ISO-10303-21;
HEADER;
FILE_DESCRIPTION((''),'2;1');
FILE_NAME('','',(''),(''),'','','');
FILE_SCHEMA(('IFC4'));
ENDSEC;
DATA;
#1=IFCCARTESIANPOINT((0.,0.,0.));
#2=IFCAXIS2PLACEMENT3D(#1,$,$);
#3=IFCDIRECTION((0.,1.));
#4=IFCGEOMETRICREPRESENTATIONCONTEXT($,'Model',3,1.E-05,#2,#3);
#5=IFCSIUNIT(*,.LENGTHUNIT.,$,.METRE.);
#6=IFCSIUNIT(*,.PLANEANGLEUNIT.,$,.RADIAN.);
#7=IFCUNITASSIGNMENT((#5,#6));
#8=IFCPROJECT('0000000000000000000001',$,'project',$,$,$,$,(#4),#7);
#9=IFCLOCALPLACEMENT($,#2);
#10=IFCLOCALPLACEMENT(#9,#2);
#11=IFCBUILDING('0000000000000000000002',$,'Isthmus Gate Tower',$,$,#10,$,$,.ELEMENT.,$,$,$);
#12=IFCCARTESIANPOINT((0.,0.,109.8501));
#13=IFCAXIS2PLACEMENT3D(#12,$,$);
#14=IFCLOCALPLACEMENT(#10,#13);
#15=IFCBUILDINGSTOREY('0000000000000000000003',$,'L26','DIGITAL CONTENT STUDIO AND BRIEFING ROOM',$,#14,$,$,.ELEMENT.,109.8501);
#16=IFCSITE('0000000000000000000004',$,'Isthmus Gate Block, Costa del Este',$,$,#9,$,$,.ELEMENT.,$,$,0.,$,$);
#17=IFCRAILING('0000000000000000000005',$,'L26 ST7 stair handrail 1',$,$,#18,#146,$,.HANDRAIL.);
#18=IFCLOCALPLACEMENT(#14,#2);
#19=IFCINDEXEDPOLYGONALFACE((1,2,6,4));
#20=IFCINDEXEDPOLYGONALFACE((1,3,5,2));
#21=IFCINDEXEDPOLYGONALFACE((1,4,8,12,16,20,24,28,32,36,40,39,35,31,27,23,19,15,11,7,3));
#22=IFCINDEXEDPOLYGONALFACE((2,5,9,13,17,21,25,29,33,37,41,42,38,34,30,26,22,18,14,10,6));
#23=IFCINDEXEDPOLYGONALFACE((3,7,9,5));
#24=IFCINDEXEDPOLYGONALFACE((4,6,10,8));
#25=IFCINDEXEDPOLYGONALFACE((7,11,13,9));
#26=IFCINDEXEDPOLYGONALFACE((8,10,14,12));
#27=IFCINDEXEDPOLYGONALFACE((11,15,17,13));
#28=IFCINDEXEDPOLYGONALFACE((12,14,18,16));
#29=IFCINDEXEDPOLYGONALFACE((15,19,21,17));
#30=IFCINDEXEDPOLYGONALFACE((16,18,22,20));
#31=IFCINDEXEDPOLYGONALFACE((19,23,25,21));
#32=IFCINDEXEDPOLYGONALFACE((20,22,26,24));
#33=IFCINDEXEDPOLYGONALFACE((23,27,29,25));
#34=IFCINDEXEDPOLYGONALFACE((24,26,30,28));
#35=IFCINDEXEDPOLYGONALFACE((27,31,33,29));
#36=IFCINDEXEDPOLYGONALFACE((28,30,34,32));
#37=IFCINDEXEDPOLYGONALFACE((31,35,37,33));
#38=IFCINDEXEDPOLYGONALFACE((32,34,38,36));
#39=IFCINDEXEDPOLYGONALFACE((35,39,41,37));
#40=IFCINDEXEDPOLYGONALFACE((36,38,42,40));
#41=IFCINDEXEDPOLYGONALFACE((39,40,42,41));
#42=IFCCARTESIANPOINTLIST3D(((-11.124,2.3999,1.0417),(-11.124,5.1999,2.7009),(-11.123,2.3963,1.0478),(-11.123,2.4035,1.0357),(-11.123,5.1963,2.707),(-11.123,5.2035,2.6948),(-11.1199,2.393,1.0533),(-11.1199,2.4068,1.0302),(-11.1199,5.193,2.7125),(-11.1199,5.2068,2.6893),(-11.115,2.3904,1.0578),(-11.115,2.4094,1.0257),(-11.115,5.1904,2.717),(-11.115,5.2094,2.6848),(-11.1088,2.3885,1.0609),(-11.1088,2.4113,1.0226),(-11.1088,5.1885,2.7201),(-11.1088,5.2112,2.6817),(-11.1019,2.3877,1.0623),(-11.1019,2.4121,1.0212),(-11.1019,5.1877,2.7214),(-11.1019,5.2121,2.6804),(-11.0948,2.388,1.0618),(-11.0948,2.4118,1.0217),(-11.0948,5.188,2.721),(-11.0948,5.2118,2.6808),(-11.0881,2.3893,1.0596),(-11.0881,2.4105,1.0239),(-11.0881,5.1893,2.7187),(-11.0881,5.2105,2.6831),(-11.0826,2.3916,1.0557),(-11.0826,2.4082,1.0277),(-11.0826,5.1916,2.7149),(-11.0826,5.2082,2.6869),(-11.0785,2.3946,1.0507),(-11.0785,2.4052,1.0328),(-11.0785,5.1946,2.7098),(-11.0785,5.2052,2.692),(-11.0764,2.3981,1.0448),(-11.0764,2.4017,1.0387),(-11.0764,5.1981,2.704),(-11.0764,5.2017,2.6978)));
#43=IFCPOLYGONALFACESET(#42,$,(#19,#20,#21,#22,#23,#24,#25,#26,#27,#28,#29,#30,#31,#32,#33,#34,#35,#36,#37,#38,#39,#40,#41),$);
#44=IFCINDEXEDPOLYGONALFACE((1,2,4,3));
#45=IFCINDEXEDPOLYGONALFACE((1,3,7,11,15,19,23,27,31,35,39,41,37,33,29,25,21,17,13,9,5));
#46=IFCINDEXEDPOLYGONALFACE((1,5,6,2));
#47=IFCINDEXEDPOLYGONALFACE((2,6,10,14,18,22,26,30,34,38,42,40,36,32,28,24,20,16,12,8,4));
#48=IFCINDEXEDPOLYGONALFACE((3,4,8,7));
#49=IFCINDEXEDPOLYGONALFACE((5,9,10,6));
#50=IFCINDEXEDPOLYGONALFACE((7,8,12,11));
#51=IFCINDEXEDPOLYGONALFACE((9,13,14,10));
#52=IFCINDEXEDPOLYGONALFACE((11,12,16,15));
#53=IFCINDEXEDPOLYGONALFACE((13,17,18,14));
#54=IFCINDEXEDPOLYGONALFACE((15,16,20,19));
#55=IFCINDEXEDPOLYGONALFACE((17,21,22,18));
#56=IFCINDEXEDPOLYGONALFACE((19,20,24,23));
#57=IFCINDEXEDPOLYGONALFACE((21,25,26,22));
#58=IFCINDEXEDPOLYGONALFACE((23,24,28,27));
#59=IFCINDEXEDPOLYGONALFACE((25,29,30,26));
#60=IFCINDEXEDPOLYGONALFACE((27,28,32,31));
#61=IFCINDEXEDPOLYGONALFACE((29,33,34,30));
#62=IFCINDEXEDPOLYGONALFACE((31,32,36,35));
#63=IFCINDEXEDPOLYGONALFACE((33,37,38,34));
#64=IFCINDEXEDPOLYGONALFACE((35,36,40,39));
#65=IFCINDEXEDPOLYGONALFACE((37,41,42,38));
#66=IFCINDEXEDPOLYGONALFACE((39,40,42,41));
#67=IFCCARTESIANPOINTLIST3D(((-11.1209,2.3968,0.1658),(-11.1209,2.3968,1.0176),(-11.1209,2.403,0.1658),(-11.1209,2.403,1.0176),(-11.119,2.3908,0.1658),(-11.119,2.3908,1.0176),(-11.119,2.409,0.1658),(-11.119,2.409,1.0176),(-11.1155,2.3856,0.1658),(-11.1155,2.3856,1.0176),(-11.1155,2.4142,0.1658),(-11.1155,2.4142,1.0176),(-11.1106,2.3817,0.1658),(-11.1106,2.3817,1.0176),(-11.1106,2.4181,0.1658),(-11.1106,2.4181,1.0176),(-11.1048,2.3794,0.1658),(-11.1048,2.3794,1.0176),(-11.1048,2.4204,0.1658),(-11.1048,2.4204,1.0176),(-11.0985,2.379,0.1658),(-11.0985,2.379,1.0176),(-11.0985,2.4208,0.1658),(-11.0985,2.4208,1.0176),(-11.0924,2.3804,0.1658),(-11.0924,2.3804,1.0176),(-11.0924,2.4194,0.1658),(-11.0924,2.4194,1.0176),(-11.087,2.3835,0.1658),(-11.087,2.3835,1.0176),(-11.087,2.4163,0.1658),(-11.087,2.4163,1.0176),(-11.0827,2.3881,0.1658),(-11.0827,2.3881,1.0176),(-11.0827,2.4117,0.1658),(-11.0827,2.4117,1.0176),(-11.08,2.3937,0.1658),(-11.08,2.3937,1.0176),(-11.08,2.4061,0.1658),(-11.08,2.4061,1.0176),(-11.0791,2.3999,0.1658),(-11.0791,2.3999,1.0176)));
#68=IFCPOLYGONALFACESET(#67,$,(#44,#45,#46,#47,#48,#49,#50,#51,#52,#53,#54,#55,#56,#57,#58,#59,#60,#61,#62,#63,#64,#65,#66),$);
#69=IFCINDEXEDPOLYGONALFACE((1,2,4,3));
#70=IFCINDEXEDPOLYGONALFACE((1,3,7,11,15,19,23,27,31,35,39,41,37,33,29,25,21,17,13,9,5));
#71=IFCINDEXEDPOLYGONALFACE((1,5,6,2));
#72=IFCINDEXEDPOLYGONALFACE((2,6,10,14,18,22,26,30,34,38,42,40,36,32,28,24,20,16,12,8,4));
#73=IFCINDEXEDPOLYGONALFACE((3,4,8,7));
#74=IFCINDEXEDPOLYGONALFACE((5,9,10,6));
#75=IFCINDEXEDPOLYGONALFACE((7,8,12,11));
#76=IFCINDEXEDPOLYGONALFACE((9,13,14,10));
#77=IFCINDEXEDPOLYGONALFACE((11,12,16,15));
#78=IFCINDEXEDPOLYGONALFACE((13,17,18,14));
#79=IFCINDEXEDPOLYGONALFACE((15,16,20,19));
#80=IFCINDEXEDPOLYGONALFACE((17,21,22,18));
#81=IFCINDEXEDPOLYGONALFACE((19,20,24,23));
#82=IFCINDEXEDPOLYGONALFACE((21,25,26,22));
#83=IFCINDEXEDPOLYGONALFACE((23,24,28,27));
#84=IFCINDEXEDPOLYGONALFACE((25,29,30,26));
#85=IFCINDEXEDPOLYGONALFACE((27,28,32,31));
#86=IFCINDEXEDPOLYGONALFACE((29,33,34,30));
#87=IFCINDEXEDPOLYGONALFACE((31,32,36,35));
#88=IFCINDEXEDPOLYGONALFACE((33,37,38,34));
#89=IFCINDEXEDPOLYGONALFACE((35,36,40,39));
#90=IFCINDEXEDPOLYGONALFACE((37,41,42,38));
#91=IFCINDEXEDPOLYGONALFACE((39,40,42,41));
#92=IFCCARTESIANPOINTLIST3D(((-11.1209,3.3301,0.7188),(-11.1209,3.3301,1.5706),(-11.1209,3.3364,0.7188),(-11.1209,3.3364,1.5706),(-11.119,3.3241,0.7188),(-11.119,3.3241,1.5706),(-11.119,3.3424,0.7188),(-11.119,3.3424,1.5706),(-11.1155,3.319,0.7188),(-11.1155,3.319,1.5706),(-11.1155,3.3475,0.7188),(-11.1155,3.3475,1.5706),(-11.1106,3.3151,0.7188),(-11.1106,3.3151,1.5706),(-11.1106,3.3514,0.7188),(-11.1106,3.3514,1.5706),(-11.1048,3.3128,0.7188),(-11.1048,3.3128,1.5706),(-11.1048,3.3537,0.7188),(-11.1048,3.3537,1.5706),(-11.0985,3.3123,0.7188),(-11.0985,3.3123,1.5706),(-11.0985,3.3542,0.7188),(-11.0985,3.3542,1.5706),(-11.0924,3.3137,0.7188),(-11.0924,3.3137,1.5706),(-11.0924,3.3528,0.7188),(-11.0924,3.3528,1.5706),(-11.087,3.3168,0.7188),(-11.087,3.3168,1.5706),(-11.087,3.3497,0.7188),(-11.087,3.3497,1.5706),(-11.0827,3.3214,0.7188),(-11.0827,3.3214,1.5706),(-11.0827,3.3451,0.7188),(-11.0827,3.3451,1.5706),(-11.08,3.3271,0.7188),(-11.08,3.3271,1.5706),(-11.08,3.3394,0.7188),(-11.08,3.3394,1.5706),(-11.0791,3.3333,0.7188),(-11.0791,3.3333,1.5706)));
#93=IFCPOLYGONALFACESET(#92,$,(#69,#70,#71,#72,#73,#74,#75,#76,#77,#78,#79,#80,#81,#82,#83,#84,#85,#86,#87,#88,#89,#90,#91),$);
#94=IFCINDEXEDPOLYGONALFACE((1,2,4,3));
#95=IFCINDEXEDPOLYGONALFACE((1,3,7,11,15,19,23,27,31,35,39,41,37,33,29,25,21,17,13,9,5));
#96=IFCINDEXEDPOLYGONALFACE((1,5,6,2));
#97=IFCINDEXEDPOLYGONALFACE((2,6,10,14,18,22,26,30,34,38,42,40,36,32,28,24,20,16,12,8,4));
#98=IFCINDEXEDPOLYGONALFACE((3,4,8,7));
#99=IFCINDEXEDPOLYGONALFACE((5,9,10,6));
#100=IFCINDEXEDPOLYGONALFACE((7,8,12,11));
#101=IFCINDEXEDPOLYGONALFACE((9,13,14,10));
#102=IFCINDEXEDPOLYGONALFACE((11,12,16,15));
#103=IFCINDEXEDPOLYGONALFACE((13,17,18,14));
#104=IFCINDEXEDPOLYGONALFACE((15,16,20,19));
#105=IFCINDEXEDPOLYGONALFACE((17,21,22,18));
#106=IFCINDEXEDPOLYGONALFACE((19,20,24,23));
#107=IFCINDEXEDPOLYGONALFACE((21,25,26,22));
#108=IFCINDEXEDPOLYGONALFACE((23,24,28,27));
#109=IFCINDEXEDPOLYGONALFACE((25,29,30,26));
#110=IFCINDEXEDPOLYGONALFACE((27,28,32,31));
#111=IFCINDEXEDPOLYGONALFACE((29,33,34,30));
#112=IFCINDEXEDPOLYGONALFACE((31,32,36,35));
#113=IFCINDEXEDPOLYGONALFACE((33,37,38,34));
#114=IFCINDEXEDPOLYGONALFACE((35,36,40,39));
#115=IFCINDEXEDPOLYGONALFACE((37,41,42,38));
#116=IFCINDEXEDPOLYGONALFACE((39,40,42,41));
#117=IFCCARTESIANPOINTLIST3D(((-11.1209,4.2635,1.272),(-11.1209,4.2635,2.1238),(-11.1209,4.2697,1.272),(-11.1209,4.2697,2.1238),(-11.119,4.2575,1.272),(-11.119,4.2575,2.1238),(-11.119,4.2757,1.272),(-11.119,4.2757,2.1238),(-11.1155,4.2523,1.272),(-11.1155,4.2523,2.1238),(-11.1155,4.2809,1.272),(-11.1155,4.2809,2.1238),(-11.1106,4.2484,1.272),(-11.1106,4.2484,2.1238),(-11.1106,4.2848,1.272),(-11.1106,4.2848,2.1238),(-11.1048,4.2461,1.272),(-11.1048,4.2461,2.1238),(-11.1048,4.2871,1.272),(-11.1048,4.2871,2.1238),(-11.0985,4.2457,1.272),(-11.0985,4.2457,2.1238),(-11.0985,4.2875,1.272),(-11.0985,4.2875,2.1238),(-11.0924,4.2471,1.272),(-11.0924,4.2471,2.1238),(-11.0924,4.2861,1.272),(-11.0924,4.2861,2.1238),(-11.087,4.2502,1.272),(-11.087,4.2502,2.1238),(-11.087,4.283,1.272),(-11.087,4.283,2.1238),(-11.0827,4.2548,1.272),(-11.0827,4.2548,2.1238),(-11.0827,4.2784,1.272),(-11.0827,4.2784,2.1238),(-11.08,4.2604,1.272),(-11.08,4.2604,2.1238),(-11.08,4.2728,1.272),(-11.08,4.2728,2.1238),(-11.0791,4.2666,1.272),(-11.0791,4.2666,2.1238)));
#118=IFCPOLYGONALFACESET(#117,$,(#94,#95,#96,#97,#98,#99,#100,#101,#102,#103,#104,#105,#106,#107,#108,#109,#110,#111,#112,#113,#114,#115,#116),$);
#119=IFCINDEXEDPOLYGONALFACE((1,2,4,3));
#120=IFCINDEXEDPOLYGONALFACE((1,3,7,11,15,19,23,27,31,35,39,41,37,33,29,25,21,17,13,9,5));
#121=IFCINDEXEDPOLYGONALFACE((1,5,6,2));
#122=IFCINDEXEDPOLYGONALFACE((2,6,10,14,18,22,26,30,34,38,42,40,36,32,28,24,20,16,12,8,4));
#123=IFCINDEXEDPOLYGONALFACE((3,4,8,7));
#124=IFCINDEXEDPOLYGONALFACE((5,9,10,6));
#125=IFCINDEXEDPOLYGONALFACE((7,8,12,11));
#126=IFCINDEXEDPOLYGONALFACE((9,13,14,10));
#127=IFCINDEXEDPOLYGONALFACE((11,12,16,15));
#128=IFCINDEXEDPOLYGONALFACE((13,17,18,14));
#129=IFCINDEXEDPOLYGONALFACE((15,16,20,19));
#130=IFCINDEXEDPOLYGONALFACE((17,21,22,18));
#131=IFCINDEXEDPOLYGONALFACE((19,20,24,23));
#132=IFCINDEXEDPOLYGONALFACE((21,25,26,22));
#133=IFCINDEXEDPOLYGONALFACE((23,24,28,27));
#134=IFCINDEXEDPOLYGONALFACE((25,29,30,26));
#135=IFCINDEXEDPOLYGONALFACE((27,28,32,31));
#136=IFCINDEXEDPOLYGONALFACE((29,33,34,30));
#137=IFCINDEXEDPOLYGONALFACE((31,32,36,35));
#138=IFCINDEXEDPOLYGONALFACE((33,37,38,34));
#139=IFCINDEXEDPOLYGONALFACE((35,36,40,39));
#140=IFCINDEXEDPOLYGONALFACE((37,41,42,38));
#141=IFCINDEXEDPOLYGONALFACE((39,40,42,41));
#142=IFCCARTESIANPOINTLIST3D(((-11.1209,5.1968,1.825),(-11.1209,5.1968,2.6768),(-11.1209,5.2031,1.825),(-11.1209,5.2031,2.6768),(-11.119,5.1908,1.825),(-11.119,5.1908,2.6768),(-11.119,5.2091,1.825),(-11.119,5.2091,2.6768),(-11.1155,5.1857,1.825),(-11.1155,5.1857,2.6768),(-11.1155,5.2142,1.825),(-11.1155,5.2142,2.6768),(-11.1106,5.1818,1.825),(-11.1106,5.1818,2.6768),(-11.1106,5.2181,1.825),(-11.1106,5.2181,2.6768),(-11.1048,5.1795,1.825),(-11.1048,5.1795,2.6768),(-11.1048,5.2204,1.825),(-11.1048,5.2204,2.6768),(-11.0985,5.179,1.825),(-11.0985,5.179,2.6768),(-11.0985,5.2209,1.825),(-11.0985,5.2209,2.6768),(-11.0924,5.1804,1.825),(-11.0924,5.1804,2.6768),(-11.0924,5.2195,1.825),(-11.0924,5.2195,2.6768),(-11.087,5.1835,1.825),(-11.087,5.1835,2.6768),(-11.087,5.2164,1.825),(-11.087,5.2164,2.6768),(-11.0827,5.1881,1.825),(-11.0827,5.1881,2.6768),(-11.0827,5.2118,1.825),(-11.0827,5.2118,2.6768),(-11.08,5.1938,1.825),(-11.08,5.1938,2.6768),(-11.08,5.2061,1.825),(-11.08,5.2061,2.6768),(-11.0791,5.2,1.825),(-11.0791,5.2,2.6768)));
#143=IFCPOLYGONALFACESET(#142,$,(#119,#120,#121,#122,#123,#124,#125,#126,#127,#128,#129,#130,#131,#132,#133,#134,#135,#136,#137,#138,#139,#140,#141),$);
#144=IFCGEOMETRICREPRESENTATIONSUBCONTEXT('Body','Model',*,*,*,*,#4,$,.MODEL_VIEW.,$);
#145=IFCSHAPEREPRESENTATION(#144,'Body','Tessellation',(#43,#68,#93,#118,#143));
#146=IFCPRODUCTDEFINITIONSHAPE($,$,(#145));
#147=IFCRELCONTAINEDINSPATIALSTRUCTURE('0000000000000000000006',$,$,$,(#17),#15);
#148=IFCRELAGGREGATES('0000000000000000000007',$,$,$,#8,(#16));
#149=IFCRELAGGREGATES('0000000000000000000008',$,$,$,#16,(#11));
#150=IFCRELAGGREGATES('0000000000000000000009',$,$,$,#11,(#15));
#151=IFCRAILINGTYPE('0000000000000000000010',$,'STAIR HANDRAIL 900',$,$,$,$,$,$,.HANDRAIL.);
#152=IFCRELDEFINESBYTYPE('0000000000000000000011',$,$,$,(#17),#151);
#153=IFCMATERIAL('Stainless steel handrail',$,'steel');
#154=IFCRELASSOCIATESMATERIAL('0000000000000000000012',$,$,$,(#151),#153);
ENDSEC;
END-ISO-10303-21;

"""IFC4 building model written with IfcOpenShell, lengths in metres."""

from ifc_helpers import new_model, si_unit, direction, frame, origin, origin_2d, place, context, subcontext, project, spatial, circle, extrude, material, type_object, element, save


model = new_model("IFC4")

# Units and contexts
model_context = context("Model", 3, precision=1e-05, world=origin(), true_north=direction((0.0, 1.0)))
body_context = subcontext(model_context, "Body", "Model", "MODEL_VIEW")
ifc_project = project(units=[si_unit("LENGTHUNIT", "METRE"), si_unit("PLANEANGLEUNIT", "RADIAN")], contexts=[model_context])

# Site, building, storey
site_placement = place(None, origin())
site = spatial("IfcSite", under=ifc_project, at=site_placement, Name="Isthmus Gate Block, Costa del Este", CompositionType="ELEMENT", RefElevation=0.0)
building_placement = place(site_placement, origin())
building = spatial("IfcBuilding", under=site, at=building_placement, Name="Isthmus Gate Tower", CompositionType="ELEMENT")
storey_placement = place(building_placement, frame((0.0, 0.0, 109.8501)))
storey = spatial("IfcBuildingStorey", under=building, at=storey_placement, Name="L26", Description="DIGITAL CONTENT STUDIO AND BRIEFING ROOM", CompositionType="ELEMENT", Elevation=109.8501)

# Railing
ifc_material_1 = material(Name="Stainless steel handrail", Category="steel")
railing_type_1 = type_object("IfcRailingType", Name="STAIR HANDRAIL 900", PredefinedType="HANDRAIL", material=ifc_material_1)
railing_1_placement = place(storey_placement, frame((-11.1001, 2.3999, 0.1658)))
element("IfcRailing", 1, at=railing_1_placement, inside=storey, type_object=railing_type_1, Name="L26 ST7 stair handrail 1", PredefinedType="HANDRAIL", context=body_context, shape_type="SweptSolid", body=[
    extrude(circle(Radius=0.0239, at=origin_2d()), frame((0.0, 0.0, 0.876), z_axis=(0.0, 0.860306, 0.509778), x_axis=(-1.0, 0.0, 0.0)), (0.0, 0.0, 1.0), 3.2546),
    extrude(circle(Radius=0.021, at=origin_2d()), origin(), (0.0, 0.0, 1.0), 0.8518),
    extrude(circle(Radius=0.021, at=origin_2d()), frame((0.0, 0.9333, 0.553)), (0.0, 0.0, 1.0), 0.8518),
    extrude(circle(Radius=0.021, at=origin_2d()), frame((0.0, 1.8667, 1.1062)), (0.0, 0.0, 1.0), 0.8518),
    extrude(circle(Radius=0.021, at=origin_2d()), frame((0.0, 2.8, 1.6592)), (0.0, 0.0, 1.0), 0.8518),
])

save(model, "model.ifc")
